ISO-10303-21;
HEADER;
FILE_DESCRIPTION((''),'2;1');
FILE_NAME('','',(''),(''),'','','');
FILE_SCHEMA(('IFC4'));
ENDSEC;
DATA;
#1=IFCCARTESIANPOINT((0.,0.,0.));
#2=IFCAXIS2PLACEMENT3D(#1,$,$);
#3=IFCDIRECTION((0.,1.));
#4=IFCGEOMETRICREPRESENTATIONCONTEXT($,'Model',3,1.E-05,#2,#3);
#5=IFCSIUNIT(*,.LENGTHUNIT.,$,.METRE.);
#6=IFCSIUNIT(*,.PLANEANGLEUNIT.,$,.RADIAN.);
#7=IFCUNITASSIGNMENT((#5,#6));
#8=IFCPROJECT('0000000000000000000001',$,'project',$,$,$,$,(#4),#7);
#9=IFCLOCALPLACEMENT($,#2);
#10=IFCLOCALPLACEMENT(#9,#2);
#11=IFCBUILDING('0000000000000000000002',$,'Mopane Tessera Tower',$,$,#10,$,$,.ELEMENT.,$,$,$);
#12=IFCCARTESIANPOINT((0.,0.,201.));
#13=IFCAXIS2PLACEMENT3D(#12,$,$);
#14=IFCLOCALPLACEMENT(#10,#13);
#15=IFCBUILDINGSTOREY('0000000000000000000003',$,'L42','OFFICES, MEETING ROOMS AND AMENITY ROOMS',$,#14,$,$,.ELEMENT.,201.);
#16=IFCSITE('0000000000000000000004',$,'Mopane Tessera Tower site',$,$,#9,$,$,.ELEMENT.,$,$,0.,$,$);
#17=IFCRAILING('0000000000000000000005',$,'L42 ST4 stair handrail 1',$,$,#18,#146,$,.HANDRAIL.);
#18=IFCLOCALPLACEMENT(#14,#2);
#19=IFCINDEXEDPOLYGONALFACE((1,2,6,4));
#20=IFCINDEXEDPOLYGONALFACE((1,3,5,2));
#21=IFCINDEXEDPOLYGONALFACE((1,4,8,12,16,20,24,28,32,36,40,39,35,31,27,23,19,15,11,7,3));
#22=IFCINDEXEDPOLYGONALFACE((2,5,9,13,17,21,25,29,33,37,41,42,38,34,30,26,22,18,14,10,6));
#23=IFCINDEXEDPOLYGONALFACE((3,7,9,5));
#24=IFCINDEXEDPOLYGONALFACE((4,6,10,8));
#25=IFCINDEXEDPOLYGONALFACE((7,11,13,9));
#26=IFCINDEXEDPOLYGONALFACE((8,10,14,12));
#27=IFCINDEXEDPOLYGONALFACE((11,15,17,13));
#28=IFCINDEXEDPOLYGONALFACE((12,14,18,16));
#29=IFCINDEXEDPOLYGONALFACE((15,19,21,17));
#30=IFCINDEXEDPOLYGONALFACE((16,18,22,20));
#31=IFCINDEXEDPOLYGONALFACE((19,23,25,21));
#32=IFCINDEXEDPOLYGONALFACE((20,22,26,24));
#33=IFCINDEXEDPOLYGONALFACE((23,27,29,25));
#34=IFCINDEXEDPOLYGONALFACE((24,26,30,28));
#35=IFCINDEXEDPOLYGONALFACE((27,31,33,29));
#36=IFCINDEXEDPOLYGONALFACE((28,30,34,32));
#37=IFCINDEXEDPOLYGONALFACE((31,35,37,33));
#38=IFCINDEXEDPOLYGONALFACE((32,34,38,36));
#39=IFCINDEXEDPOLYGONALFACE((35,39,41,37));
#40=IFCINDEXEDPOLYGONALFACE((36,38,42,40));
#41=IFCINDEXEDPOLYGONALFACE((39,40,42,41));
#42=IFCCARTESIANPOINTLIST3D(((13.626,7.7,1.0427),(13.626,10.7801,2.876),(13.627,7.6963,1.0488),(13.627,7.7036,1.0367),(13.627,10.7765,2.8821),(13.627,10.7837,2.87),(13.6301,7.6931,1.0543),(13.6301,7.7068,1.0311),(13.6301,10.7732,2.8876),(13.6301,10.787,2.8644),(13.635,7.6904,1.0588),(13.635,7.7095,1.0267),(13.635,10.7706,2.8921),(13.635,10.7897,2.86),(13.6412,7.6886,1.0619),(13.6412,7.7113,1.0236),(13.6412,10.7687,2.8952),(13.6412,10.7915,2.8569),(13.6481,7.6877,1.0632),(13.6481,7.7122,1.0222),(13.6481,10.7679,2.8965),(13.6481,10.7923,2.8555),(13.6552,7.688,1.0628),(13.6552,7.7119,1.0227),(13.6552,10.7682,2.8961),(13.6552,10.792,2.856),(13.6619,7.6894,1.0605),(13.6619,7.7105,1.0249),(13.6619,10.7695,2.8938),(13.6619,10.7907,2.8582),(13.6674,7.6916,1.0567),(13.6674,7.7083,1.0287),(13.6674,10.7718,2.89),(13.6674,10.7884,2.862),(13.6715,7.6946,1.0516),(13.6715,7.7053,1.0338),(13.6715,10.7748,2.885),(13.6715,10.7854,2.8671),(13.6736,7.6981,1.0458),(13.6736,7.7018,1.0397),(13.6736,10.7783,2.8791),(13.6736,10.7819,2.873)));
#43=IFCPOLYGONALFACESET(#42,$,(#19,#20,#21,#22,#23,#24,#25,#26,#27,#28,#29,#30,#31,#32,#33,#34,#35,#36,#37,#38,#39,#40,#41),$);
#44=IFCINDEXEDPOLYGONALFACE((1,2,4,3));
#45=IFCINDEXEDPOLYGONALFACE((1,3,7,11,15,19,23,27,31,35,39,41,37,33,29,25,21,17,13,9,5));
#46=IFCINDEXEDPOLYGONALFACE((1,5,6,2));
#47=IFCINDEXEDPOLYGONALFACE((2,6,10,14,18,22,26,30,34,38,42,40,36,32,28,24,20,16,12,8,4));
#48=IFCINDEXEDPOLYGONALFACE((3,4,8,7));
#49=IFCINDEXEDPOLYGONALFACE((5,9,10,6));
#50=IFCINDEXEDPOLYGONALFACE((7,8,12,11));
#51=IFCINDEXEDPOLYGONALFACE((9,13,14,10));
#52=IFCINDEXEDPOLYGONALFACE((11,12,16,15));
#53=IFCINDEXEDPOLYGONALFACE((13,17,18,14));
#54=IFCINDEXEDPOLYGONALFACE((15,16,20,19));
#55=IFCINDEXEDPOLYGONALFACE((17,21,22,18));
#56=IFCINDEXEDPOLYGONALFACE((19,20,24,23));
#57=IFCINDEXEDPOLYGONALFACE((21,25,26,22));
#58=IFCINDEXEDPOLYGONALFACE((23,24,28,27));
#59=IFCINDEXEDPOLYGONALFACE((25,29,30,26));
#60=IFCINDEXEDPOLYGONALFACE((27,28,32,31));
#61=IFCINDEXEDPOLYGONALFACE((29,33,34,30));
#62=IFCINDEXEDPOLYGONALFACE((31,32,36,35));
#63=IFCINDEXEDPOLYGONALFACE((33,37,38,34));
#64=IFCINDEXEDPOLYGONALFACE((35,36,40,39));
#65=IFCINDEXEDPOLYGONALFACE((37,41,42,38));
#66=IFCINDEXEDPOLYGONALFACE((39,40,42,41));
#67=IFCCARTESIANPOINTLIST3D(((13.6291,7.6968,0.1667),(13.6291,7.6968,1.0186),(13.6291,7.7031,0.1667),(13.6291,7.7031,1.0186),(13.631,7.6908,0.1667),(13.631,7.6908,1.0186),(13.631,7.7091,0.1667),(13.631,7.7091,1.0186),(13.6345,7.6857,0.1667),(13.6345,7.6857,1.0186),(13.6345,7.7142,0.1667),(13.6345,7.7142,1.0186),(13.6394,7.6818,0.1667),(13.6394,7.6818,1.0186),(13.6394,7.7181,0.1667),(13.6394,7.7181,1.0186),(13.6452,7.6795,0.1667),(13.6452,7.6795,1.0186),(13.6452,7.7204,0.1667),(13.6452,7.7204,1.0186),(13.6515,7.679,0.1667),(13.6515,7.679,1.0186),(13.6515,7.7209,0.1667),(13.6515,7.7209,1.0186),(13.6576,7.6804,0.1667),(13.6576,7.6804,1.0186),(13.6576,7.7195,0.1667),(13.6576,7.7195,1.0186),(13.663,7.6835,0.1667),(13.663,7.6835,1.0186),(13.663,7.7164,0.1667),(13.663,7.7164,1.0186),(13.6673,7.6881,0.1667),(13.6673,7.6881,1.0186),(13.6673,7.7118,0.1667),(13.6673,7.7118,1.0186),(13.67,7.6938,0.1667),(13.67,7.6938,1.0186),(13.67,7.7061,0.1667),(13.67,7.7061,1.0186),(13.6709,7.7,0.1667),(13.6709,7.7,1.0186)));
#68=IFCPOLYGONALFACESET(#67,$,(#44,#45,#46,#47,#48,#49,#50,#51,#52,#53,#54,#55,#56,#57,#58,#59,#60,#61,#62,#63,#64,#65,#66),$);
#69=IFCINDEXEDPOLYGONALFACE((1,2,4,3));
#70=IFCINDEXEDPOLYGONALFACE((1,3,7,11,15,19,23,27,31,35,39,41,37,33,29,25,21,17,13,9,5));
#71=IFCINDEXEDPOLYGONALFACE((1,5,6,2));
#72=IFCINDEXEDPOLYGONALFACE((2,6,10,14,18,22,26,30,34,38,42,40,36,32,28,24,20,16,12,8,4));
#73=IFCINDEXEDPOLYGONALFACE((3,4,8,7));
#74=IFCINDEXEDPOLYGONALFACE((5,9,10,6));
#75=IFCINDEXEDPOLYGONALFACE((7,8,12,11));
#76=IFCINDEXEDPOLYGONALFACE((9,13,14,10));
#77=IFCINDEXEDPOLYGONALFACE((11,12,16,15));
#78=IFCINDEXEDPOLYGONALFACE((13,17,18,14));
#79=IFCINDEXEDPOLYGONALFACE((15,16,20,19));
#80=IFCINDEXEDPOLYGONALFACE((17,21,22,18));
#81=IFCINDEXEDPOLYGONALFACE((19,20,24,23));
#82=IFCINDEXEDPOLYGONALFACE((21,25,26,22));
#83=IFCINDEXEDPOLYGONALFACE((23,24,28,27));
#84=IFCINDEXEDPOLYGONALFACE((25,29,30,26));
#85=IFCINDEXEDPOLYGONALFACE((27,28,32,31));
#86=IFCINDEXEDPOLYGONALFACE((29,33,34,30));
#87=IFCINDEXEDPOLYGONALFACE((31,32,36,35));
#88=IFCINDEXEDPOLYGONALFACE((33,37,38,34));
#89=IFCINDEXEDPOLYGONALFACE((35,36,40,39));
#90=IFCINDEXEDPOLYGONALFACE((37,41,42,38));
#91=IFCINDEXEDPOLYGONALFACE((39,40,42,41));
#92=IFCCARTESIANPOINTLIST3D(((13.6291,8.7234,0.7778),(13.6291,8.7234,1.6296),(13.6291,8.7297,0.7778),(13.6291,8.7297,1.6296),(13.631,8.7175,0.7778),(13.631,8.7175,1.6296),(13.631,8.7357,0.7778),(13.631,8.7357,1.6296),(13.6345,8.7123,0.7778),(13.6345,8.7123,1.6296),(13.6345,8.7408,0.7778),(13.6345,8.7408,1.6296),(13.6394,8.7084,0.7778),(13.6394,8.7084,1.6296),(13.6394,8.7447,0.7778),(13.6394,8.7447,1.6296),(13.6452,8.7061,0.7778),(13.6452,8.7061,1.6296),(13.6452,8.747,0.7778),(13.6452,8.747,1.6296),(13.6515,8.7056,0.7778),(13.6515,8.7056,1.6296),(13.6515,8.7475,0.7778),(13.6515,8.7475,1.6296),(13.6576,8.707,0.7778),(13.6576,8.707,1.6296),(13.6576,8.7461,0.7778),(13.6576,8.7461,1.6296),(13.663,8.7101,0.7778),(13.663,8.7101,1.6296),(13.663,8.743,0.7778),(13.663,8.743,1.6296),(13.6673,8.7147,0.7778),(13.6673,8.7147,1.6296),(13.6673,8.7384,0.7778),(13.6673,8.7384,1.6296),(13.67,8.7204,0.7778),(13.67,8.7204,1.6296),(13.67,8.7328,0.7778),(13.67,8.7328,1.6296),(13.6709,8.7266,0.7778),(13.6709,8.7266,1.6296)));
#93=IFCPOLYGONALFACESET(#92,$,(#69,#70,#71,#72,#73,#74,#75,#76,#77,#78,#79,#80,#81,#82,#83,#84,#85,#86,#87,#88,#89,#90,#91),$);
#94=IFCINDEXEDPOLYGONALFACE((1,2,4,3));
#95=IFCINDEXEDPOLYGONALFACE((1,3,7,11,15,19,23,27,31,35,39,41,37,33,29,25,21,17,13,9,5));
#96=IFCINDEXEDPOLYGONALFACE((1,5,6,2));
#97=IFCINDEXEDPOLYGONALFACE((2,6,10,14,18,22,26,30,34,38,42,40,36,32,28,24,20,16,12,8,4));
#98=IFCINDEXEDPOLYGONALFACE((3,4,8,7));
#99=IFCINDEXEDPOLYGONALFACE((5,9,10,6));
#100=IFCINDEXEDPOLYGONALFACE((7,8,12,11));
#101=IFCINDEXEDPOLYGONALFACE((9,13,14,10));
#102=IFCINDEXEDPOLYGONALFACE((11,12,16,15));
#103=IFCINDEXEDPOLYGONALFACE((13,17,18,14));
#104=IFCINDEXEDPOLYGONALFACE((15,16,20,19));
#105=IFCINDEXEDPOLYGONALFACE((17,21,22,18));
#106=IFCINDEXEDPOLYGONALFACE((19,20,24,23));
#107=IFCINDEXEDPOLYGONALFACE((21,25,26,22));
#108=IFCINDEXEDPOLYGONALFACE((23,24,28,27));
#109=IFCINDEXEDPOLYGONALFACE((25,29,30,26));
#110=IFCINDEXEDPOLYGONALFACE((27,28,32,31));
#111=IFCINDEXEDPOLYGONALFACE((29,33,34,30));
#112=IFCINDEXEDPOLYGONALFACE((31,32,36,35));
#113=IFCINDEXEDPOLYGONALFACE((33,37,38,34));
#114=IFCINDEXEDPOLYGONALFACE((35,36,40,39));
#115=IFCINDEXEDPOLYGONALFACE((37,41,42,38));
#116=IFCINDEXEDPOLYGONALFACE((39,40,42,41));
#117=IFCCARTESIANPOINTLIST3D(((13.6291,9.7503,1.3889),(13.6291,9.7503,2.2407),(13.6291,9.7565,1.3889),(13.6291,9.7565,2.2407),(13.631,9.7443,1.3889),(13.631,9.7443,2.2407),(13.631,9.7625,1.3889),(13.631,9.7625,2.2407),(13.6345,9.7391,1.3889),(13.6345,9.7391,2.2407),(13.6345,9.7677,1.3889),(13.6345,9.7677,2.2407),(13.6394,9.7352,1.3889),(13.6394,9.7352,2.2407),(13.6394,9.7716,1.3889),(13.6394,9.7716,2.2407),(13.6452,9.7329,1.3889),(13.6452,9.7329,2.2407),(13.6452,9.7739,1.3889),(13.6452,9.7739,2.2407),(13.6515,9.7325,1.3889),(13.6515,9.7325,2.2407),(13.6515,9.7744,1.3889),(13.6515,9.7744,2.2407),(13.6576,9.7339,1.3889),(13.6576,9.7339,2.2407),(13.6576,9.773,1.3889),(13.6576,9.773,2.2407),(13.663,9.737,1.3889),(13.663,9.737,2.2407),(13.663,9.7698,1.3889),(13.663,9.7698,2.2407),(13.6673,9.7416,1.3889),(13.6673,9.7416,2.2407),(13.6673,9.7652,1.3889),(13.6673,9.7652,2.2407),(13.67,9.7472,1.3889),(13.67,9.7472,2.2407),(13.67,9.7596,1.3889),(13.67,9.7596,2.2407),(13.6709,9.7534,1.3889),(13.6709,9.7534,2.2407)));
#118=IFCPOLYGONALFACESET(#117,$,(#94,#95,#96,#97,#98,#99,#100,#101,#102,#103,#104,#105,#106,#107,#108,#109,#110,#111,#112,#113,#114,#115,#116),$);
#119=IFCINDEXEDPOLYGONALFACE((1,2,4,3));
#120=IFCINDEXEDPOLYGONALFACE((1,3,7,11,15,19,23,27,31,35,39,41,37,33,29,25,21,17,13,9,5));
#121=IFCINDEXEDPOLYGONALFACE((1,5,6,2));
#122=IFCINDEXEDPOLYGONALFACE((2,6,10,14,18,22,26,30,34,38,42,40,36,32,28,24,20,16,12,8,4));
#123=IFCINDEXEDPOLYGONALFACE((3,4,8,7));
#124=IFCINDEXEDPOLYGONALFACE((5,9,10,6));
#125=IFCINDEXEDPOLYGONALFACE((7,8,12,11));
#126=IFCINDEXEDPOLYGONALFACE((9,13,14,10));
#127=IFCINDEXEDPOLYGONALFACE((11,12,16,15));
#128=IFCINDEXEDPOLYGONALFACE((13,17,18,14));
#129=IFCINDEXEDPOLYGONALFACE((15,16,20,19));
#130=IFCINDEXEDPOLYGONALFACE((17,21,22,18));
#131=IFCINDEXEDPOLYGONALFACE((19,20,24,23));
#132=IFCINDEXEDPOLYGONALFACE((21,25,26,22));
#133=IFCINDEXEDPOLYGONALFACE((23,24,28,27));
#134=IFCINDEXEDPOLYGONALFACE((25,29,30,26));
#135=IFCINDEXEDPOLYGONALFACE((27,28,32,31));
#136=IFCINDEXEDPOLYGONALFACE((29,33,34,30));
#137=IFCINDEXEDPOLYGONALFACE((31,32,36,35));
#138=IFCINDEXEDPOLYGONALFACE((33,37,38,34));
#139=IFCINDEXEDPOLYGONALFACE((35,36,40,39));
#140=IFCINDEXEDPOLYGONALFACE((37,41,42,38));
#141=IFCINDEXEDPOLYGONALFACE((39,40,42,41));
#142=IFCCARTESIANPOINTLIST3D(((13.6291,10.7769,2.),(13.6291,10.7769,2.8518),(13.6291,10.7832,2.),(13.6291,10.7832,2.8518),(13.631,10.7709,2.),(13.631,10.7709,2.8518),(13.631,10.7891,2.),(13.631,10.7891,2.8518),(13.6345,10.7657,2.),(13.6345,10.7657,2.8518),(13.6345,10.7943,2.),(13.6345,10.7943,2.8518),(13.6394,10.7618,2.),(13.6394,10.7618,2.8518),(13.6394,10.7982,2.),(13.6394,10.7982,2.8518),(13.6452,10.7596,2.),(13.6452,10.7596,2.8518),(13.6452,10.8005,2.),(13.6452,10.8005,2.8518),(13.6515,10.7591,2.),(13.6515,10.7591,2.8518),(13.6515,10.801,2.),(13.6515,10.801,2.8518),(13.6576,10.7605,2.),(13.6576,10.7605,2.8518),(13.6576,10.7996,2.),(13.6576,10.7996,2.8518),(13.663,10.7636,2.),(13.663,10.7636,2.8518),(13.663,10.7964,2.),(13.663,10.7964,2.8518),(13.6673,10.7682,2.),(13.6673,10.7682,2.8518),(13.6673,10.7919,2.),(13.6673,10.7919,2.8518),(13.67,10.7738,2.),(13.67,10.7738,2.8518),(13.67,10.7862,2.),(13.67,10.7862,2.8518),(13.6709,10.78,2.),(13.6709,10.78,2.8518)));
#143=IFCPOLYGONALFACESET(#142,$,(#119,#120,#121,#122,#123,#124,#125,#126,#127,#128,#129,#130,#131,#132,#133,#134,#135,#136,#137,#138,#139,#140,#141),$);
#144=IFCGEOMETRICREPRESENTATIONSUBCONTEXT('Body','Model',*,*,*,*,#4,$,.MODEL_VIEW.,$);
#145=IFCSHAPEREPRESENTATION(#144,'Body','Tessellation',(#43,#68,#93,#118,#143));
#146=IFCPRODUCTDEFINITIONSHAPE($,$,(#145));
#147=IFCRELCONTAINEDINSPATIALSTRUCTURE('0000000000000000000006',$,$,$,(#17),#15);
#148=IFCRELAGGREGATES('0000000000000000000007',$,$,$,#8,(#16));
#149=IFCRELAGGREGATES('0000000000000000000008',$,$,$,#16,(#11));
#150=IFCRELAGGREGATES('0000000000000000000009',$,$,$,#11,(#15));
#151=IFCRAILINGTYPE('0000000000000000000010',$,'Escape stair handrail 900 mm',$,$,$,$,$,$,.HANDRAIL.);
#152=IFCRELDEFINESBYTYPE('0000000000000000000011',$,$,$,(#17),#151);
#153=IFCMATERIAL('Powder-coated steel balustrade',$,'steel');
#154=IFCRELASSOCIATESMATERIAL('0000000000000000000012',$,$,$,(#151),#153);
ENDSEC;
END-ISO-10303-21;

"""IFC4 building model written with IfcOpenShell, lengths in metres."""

from ifc_helpers import new_model, si_unit, direction, frame, origin, origin_2d, place, context, subcontext, project, spatial, circle, extrude, material, type_object, element, save


model = new_model("IFC4")

# Units and contexts
model_context = context("Model", 3, precision=1e-05, world=origin(), true_north=direction((0.0, 1.0)))
body_context = subcontext(model_context, "Body", "Model", "MODEL_VIEW")
ifc_project = project(units=[si_unit("LENGTHUNIT", "METRE"), si_unit("PLANEANGLEUNIT", "RADIAN")], contexts=[model_context])

# Site, building, storey
site_placement = place(None, origin())
site = spatial("IfcSite", under=ifc_project, at=site_placement, Name="Mopane Tessera Tower site", CompositionType="ELEMENT", RefElevation=0.0)
building_placement = place(site_placement, origin())
building = spatial("IfcBuilding", under=site, at=building_placement, Name="Mopane Tessera Tower", CompositionType="ELEMENT")
storey_placement = place(building_placement, frame((0.0, 0.0, 201.0)))
storey = spatial("IfcBuildingStorey", under=building, at=storey_placement, Name="L42", Description="OFFICES, MEETING ROOMS AND AMENITY ROOMS", CompositionType="ELEMENT", Elevation=201.0)

# Railing
ifc_material_1 = material(Name="Powder-coated steel balustrade", Category="steel")
railing_type_1 = type_object("IfcRailingType", Name="Escape stair handrail 900 mm", PredefinedType="HANDRAIL", material=ifc_material_1)
railing_1_placement = place(storey_placement, frame((13.6499, 7.7, 0.1667)))
element("IfcRailing", 1, at=railing_1_placement, inside=storey, type_object=railing_type_1, Name="L42 ST4 stair handrail 1", PredefinedType="HANDRAIL", context=body_context, shape_type="SweptSolid", body=[
    extrude(circle(Radius=0.0239, at=origin_2d()), frame((0.0, 0.0, 0.876), z_axis=(0.0, 0.859309, 0.511458), x_axis=(-1.0, 0.0, 0.0)), (0.0, 0.0, 1.0), 3.5845),
    extrude(circle(Radius=0.021, at=origin_2d()), origin(), (0.0, 0.0, 1.0), 0.8518),
    extrude(circle(Radius=0.021, at=origin_2d()), frame((0.0, 1.0266, 0.6111)), (0.0, 0.0, 1.0), 0.8518),
    extrude(circle(Radius=0.021, at=origin_2d()), frame((0.0, 2.0535, 1.2222)), (0.0, 0.0, 1.0), 0.8518),
    extrude(circle(Radius=0.021, at=origin_2d()), frame((0.0, 3.0801, 1.8333)), (0.0, 0.0, 1.0), 0.8518),
])

save(model, "model.ifc")
